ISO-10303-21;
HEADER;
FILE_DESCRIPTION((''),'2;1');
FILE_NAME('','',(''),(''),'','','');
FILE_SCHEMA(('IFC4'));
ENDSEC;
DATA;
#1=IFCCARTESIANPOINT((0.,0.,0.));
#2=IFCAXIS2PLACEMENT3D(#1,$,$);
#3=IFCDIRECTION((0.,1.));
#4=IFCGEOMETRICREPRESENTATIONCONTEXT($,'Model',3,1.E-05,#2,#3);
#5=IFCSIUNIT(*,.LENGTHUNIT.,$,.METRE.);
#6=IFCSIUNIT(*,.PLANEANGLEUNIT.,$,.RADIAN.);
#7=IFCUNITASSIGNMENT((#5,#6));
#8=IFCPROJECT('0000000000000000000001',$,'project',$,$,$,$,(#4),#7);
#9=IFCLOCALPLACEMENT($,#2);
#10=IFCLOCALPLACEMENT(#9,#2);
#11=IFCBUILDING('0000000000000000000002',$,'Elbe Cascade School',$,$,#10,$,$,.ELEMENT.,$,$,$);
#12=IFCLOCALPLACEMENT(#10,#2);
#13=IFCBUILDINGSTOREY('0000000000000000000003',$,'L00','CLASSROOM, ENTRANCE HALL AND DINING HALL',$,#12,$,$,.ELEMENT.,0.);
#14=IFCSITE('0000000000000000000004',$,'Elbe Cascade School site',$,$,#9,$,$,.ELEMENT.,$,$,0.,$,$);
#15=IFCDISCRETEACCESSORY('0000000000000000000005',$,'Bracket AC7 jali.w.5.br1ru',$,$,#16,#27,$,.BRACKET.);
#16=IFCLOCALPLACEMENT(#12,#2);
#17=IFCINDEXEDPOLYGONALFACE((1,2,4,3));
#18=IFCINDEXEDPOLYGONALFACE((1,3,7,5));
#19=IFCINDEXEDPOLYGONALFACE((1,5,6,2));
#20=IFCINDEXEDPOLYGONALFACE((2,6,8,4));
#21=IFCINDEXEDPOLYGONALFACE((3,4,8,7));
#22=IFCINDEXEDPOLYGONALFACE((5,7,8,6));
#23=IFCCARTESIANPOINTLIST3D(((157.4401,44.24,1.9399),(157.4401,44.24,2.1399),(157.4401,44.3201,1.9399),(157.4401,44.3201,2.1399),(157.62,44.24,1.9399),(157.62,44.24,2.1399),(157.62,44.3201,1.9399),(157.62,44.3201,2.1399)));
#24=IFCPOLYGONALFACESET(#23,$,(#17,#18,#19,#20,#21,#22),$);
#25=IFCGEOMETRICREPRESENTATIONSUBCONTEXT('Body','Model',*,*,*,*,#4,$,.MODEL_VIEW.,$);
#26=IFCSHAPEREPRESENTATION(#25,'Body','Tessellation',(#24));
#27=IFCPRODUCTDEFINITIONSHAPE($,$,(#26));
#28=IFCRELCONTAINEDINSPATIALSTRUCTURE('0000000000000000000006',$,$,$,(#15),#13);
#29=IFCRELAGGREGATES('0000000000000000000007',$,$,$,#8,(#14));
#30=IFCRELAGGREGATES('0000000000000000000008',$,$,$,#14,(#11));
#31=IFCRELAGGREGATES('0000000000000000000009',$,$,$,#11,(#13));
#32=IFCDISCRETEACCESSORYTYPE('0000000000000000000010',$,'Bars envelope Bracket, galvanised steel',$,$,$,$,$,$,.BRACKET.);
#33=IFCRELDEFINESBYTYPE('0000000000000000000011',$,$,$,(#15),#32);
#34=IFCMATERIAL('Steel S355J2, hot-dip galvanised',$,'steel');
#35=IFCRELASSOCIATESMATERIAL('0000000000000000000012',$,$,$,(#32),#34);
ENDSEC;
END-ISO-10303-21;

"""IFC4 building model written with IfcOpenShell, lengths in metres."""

from ifc_helpers import new_model, si_unit, direction, frame, origin, origin_2d, place, context, subcontext, project, spatial, rectangle, extrude, material, type_object, element, save


model = new_model("IFC4")

# Units and contexts
model_context = context("Model", 3, precision=1e-05, world=origin(), true_north=direction((0.0, 1.0)))
body_context = subcontext(model_context, "Body", "Model", "MODEL_VIEW")
ifc_project = project(units=[si_unit("LENGTHUNIT", "METRE"), si_unit("PLANEANGLEUNIT", "RADIAN")], contexts=[model_context])

# Site, building, storey
site_placement = place(None, origin())
site = spatial("IfcSite", under=ifc_project, at=site_placement, Name="Elbe Cascade School site", CompositionType="ELEMENT", RefElevation=0.0)
building_placement = place(site_placement, origin())
building = spatial("IfcBuilding", under=site, at=building_placement, Name="Elbe Cascade School", CompositionType="ELEMENT")
storey_placement = place(building_placement, origin())
storey = spatial("IfcBuildingStorey", under=building, at=storey_placement, Name="L00", Description="CLASSROOM, ENTRANCE HALL AND DINING HALL", CompositionType="ELEMENT", Elevation=0.0)

# Discrete accessory
ifc_material_1 = material(Name="Steel S355J2, hot-dip galvanised", Category="steel")
discrete_accessory_type = type_object("IfcDiscreteAccessoryType", Name="Bars envelope Bracket, galvanised steel", PredefinedType="BRACKET", material=ifc_material_1)
for number, where, z_axis, x_axis, name in (
    (1, (157.53, 44.28, 1.9399), (0.0, 0.0, 1.0), (0.0, 1.0, 0.0), "Bracket AC7 jali.w.5.br1ru"),
):
    element("IfcDiscreteAccessory", number, at=place(storey_placement, frame(where, z_axis=z_axis, x_axis=x_axis)), inside=storey, type_object=discrete_accessory_type, Name=name, PredefinedType="BRACKET", context=body_context, shape_type="SweptSolid", body=[
        extrude(rectangle(XDim=0.0801, YDim=0.1799, at=origin_2d()), origin(), (0.0, 0.0, 1.0), 0.2),
    ])

save(model, "model.ifc")
